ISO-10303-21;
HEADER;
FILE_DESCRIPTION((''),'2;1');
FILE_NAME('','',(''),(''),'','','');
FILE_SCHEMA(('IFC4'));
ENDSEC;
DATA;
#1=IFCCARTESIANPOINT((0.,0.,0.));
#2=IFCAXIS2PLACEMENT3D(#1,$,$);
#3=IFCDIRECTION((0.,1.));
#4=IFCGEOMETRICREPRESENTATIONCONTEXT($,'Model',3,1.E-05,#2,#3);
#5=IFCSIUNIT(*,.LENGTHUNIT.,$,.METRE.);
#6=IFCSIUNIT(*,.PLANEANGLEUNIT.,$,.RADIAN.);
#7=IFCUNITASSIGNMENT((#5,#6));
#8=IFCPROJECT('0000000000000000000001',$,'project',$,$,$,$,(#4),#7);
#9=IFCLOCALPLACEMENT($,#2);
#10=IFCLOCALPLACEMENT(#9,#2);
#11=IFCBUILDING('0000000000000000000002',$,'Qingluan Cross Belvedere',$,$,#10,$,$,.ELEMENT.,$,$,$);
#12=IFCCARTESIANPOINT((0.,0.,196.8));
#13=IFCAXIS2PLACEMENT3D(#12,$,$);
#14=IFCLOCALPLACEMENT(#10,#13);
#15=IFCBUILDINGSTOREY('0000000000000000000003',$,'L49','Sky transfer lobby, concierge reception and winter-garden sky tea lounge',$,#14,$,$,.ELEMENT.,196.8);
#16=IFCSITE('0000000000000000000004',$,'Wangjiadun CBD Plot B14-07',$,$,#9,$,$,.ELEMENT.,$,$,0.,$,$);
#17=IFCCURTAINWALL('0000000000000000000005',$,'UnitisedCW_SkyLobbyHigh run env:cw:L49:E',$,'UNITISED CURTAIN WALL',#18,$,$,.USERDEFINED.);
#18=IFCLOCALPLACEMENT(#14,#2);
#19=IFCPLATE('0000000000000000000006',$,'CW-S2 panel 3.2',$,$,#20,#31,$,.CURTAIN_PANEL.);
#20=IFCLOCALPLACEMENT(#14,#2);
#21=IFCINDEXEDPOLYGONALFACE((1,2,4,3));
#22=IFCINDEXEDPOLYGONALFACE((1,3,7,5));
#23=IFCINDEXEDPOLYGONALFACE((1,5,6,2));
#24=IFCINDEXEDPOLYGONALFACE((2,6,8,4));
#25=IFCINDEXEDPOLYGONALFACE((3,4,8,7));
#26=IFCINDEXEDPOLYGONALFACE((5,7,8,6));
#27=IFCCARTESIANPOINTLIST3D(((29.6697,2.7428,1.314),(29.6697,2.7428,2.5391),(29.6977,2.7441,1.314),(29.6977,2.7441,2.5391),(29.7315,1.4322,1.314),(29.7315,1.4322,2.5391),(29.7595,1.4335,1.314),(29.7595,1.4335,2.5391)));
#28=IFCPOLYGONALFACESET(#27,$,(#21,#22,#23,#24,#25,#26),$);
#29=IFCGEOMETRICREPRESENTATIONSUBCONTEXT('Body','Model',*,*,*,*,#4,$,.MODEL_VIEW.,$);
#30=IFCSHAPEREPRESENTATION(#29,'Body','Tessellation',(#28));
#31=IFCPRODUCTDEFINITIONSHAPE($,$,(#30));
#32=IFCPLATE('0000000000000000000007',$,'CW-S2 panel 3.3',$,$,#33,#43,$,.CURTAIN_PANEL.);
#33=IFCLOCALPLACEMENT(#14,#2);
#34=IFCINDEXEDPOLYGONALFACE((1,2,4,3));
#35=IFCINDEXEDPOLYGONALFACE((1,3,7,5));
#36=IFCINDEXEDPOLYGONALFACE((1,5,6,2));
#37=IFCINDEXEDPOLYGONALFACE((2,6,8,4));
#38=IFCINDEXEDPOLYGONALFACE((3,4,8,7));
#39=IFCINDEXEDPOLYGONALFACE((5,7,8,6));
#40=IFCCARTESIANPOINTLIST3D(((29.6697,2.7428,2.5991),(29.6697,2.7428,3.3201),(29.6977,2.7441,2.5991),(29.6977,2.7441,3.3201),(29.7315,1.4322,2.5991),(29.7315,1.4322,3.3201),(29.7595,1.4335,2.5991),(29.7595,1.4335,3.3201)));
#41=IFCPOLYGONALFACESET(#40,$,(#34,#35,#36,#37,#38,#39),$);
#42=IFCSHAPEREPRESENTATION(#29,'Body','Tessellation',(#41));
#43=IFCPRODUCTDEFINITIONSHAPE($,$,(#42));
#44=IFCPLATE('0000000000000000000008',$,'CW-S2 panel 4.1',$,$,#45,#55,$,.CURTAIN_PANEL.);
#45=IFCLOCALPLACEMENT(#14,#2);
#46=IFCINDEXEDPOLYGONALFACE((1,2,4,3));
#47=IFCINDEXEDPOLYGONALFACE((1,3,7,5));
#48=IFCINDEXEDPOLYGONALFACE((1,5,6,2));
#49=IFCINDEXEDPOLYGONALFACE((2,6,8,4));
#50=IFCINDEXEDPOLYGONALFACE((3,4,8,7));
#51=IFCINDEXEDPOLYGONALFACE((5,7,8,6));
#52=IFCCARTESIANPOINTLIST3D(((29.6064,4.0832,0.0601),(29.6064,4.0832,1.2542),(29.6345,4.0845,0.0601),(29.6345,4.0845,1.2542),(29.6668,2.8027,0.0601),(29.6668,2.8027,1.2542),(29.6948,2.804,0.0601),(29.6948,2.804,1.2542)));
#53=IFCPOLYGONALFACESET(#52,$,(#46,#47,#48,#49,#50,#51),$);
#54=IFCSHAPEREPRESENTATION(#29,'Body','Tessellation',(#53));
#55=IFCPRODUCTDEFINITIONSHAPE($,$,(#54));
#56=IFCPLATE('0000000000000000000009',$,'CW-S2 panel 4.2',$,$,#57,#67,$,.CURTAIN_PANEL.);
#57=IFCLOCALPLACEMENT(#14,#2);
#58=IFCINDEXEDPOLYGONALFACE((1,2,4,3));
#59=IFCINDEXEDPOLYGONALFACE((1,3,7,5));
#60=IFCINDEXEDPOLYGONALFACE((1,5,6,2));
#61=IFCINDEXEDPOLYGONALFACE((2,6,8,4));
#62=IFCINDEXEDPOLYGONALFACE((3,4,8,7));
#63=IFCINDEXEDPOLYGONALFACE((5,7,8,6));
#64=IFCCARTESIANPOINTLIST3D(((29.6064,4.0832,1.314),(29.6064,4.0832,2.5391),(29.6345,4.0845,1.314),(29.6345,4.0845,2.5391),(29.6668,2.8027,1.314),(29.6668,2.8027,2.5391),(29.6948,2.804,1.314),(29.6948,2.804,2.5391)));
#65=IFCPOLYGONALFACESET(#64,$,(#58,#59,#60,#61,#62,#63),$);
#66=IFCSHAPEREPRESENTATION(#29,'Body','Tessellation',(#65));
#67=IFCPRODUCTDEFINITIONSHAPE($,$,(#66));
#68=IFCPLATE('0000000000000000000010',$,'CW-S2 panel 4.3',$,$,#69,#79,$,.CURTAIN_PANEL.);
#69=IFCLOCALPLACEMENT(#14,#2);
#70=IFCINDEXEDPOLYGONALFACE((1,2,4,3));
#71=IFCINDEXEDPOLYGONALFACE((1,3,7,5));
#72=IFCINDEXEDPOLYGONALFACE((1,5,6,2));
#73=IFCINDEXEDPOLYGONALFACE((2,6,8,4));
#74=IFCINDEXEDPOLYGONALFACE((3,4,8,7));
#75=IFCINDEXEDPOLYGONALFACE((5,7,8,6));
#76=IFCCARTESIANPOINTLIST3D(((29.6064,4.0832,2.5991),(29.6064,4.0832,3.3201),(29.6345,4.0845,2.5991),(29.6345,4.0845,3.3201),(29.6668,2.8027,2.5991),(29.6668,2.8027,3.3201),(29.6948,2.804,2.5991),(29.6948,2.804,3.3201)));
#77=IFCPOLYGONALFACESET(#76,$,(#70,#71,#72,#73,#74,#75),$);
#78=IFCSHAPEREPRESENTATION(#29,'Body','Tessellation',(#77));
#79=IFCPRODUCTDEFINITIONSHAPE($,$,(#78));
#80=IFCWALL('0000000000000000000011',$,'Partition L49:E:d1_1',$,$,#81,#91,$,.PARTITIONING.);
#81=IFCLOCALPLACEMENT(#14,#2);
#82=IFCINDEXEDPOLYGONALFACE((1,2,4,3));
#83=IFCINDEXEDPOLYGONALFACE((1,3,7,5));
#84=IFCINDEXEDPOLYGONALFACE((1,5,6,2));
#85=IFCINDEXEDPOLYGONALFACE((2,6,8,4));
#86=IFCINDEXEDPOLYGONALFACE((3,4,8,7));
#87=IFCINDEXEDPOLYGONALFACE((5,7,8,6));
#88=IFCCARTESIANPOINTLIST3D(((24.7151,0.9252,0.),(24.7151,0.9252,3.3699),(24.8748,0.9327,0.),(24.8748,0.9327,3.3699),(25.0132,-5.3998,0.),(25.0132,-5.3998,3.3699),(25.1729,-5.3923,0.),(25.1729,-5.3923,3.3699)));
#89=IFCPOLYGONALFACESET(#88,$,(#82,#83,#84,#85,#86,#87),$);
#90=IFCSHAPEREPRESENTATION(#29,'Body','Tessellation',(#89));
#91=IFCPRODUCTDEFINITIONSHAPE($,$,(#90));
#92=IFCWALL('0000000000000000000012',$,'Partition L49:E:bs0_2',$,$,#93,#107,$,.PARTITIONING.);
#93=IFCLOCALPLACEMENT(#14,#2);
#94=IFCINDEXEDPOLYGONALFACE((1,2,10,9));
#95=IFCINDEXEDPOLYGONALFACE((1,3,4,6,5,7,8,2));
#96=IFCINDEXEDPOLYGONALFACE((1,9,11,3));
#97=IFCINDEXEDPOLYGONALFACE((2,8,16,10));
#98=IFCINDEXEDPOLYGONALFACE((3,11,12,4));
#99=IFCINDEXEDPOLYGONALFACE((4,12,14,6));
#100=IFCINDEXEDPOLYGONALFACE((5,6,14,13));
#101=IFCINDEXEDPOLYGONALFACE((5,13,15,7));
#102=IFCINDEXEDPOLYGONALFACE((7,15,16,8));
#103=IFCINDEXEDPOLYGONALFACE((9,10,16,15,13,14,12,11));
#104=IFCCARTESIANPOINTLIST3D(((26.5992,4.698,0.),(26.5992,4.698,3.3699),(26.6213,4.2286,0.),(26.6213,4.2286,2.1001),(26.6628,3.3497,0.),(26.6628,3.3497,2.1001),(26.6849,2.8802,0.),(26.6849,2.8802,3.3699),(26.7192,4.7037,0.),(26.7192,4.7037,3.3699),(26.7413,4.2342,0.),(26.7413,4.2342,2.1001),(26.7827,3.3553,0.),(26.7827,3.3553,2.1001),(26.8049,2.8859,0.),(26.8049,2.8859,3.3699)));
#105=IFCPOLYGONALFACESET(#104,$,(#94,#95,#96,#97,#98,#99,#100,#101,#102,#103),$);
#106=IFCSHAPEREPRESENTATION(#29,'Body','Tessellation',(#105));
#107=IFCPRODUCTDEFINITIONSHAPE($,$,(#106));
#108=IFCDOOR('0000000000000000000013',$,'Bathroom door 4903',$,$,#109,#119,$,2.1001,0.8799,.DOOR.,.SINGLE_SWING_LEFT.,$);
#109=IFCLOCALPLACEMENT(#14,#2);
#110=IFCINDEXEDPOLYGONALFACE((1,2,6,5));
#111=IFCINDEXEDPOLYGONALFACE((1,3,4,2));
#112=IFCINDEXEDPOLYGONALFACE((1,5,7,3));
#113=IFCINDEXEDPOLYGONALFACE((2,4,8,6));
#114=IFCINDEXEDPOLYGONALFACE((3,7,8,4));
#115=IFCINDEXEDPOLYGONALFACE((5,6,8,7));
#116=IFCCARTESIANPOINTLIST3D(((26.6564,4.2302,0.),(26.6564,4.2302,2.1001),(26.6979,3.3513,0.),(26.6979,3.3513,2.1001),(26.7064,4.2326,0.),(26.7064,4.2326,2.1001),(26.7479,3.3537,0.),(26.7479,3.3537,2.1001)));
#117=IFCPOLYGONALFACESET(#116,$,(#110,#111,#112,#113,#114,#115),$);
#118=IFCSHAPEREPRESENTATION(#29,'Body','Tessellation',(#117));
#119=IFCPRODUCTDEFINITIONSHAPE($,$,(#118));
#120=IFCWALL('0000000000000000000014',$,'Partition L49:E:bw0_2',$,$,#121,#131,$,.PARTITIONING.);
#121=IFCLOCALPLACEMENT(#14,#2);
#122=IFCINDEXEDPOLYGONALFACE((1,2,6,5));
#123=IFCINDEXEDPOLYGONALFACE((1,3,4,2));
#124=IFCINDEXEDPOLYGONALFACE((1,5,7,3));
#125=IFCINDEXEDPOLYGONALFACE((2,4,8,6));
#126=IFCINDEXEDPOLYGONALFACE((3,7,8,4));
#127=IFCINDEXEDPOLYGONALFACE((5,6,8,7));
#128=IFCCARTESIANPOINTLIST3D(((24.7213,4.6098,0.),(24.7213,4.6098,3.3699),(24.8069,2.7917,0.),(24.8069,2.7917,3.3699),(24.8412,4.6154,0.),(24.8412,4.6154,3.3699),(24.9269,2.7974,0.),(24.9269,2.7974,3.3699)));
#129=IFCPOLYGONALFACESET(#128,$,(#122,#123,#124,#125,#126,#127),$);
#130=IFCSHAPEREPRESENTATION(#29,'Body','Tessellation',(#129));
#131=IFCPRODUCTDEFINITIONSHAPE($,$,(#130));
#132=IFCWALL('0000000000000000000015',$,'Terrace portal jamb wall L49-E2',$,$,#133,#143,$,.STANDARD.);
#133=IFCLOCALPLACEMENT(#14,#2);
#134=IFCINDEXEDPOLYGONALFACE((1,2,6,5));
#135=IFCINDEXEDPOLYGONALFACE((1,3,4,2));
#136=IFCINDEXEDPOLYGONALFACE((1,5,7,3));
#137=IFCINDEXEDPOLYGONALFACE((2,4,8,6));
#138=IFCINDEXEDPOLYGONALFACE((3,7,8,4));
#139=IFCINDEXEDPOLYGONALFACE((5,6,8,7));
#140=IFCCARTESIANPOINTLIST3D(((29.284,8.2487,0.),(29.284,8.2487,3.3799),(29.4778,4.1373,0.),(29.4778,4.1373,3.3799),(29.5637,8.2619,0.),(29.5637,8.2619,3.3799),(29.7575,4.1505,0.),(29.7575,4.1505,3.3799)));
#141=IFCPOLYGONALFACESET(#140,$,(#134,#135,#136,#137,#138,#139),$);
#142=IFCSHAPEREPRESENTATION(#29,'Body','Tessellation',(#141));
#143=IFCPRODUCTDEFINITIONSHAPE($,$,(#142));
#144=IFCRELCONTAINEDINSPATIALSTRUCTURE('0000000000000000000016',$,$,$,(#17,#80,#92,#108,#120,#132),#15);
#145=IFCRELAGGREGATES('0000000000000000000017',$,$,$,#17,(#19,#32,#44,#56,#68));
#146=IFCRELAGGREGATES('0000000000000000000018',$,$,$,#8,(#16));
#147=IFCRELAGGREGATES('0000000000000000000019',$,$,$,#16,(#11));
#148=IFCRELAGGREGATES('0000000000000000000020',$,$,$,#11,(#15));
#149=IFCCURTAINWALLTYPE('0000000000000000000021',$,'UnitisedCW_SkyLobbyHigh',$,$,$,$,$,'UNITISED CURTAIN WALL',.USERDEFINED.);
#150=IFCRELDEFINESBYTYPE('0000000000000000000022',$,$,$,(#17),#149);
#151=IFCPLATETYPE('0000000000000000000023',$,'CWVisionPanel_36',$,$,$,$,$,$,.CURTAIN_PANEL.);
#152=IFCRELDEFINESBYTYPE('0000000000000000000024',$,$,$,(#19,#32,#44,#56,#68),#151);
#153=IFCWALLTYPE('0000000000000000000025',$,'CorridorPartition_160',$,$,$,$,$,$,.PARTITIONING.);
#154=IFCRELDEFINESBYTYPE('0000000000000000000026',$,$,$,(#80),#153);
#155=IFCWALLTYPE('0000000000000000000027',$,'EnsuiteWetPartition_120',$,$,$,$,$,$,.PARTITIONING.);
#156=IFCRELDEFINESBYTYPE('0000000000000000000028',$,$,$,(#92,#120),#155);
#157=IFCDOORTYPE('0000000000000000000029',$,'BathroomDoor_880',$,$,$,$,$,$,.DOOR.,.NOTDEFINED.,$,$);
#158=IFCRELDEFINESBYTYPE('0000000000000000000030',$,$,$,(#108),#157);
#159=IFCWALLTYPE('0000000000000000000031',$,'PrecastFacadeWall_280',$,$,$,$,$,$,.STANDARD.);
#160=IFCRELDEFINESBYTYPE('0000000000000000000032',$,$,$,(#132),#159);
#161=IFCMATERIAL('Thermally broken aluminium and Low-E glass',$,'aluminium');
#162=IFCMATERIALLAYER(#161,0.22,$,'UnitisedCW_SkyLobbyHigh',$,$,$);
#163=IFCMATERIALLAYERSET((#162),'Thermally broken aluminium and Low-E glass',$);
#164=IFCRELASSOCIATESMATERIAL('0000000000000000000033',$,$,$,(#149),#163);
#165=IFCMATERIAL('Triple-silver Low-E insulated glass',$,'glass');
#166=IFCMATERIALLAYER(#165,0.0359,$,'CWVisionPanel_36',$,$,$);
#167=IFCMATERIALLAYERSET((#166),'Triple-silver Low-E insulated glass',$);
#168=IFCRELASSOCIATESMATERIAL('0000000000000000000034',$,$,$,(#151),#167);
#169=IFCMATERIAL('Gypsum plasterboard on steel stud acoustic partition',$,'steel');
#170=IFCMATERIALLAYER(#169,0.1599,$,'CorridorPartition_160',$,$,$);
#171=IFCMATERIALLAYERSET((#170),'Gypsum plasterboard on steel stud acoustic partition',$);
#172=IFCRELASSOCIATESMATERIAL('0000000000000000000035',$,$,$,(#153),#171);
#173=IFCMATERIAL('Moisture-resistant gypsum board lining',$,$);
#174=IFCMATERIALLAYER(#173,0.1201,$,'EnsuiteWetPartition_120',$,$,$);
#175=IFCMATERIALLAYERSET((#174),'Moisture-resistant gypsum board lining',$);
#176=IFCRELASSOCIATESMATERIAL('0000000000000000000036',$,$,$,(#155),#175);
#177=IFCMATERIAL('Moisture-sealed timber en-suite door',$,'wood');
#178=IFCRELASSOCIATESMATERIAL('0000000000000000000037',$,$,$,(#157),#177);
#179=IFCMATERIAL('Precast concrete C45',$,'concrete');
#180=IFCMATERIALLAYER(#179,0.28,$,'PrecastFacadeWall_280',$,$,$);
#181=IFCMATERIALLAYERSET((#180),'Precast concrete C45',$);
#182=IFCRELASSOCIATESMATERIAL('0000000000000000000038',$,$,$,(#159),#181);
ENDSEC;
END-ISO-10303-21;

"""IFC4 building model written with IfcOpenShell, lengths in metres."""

from ifc_helpers import new_model, si_unit, direction, frame, frame_2d, origin, origin_2d, place, context, subcontext, project, spatial, rectangle, extrude, material, layer, layer_set, type_object, element, fill, aggregate, save


model = new_model("IFC4")

# Units and contexts
model_context = context("Model", 3, precision=1e-05, world=origin(), true_north=direction((0.0, 1.0)))
body_context = subcontext(model_context, "Body", "Model", "MODEL_VIEW")
ifc_project = project(units=[si_unit("LENGTHUNIT", "METRE"), si_unit("PLANEANGLEUNIT", "RADIAN")], contexts=[model_context])

# Site, building, storey
site_placement = place(None, origin())
site = spatial("IfcSite", under=ifc_project, at=site_placement, Name="Wangjiadun CBD Plot B14-07", CompositionType="ELEMENT", RefElevation=0.0)
building_placement = place(site_placement, origin())
building = spatial("IfcBuilding", under=site, at=building_placement, Name="Qingluan Cross Belvedere", CompositionType="ELEMENT")
storey_placement = place(building_placement, frame((0.0, 0.0, 196.8)))
storey = spatial("IfcBuildingStorey", under=building, at=storey_placement, Name="L49", Description="Sky transfer lobby, concierge reception and winter-garden sky tea lounge", CompositionType="ELEMENT", Elevation=196.8)

# Curtain wall, plates
ifc_material_1 = material(Name="Thermally broken aluminium and Low-E glass", Category="aluminium")
ifc_layer_1 = layer(ifc_material_1, 0.22, Name="UnitisedCW_SkyLobbyHigh")
ifc_layer_set_1 = layer_set([ifc_layer_1], Name="Thermally broken aluminium and Low-E glass")
curtain_wall_type = type_object("IfcCurtainWallType", Name="UnitisedCW_SkyLobbyHigh", ElementType="UNITISED CURTAIN WALL", PredefinedType="USERDEFINED", material=ifc_layer_set_1)
curtain_wall_placement = place(storey_placement, origin())
curtain_wall = element("IfcCurtainWall", 1, at=curtain_wall_placement, inside=storey, type_object=curtain_wall_type, Name="UnitisedCW_SkyLobbyHigh run env:cw:L49:E", ObjectType="UNITISED CURTAIN WALL", PredefinedType="USERDEFINED")
ifc_material_2 = material(Name="Triple-silver Low-E insulated glass", Category="glass")
ifc_layer_2 = layer(ifc_material_2, 0.0359, Name="CWVisionPanel_36")
ifc_layer_set_2 = layer_set([ifc_layer_2], Name="Triple-silver Low-E insulated glass")
plate_type = type_object("IfcPlateType", Name="CWVisionPanel_36", PredefinedType="CURTAIN_PANEL", material=ifc_layer_set_2)
plate_1_placement = place(storey_placement, frame((29.7146, 2.0881, 1.314), z_axis=(0.0, 0.0, 1.0), x_axis=(-0.047102, 0.99889, 0.0)))
plate_1 = element("IfcPlate", 2, at=plate_1_placement, type_object=plate_type, Name="CW-S2 panel 3.2", PredefinedType="CURTAIN_PANEL", context=body_context, shape_type="SweptSolid", body=[
    extrude(rectangle(XDim=1.312, YDim=0.0281, at=origin_2d()), origin(), (0.0, 0.0, 1.0), 1.2251),
])
plate_2_placement = place(storey_placement, frame((29.7146, 2.0881, 2.5991), z_axis=(0.0, 0.0, 1.0), x_axis=(-0.047102, 0.99889, 0.0)))
plate_2 = element("IfcPlate", 3, at=plate_2_placement, type_object=plate_type, Name="CW-S2 panel 3.3", PredefinedType="CURTAIN_PANEL", context=body_context, shape_type="SweptSolid", body=[
    extrude(rectangle(XDim=1.312, YDim=0.0281, at=origin_2d()), origin(), (0.0, 0.0, 1.0), 0.7209),
])
plate_3_placement = place(storey_placement, frame((29.6506, 3.4436, 0.0601), z_axis=(0.0, 0.0, 1.0), x_axis=(-0.047102, 0.99889, 0.0)))
plate_3 = element("IfcPlate", 4, at=plate_3_placement, type_object=plate_type, Name="CW-S2 panel 4.1", PredefinedType="CURTAIN_PANEL", context=body_context, shape_type="SweptSolid", body=[
    extrude(rectangle(XDim=1.282, YDim=0.0281, at=origin_2d()), origin(), (0.0, 0.0, 1.0), 1.1941),
])
plate_4_placement = place(storey_placement, frame((29.6506, 3.4436, 1.314), z_axis=(0.0, 0.0, 1.0), x_axis=(-0.047102, 0.99889, 0.0)))
plate_4 = element("IfcPlate", 5, at=plate_4_placement, type_object=plate_type, Name="CW-S2 panel 4.2", PredefinedType="CURTAIN_PANEL", context=body_context, shape_type="SweptSolid", body=[
    extrude(rectangle(XDim=1.282, YDim=0.0281, at=origin_2d()), origin(), (0.0, 0.0, 1.0), 1.2251),
])
plate_5_placement = place(storey_placement, frame((29.6506, 3.4436, 2.5991), z_axis=(0.0, 0.0, 1.0), x_axis=(-0.047102, 0.99889, 0.0)))
plate_5 = element("IfcPlate", 6, at=plate_5_placement, type_object=plate_type, Name="CW-S2 panel 4.3", PredefinedType="CURTAIN_PANEL", context=body_context, shape_type="SweptSolid", body=[
    extrude(rectangle(XDim=1.282, YDim=0.0281, at=origin_2d()), origin(), (0.0, 0.0, 1.0), 0.7209),
])
aggregate(curtain_wall, [plate_1, plate_2, plate_3, plate_4, plate_5])

# Wall
ifc_material_3 = material(Name="Gypsum plasterboard on steel stud acoustic partition", Category="steel")
ifc_layer_3 = layer(ifc_material_3, 0.1599, Name="CorridorPartition_160")
ifc_layer_set_3 = layer_set([ifc_layer_3], Name="Gypsum plasterboard on steel stud acoustic partition")
wall_type_1 = type_object("IfcWallType", Name="CorridorPartition_160", PredefinedType="PARTITIONING", material=ifc_layer_set_3)
wall_1_placement = place(storey_placement, frame((24.7949, 0.929, 0.0), z_axis=(0.0, 0.0, 1.0), x_axis=(0.047078, -0.998891, 0.0)))
element("IfcWall", 7, at=wall_1_placement, inside=storey, type_object=wall_type_1, Name="Partition L49:E:d1_1", PredefinedType="PARTITIONING", context=body_context, shape_type="SweptSolid", body=[
    extrude(rectangle(XDim=6.332, YDim=0.1599, at=frame_2d((3.166, 0.0))), origin(), (0.0, 0.0, 1.0), 3.3699),
])

# Wall, opening, door
ifc_material_4 = material(Name="Moisture-resistant gypsum board lining")
ifc_layer_4 = layer(ifc_material_4, 0.1201, Name="EnsuiteWetPartition_120")
ifc_layer_set_4 = layer_set([ifc_layer_4], Name="Moisture-resistant gypsum board lining")
wall_type_2 = type_object("IfcWallType", Name="EnsuiteWetPartition_120", PredefinedType="PARTITIONING", material=ifc_layer_set_4)
wall_2_placement = place(storey_placement, frame((26.7449, 2.8831, 0.0), z_axis=(0.0, 0.0, 1.0), x_axis=(-0.047087, 0.998891, 0.0)))
wall_2 = element("IfcWall", 8, at=wall_2_placement, inside=storey, type_object=wall_type_2, Name="Partition L49:E:bs0_2", PredefinedType="PARTITIONING", context=body_context, shape_type="SweptSolid", body=[
    extrude(rectangle(XDim=1.8198, YDim=0.1201, at=frame_2d((0.9099, 0.0))), origin(), (0.0, 0.0, 1.0), 3.3699),
])
opening_placement = place(wall_2_placement, frame((0.47, 0.0, 0.0)))
opening = element("IfcOpeningElement", 9, at=opening_placement, cuts=wall_2, PredefinedType="OPENING", context=body_context, shape_type="SweptSolid", body=[
    extrude(rectangle(XDim=0.8799, YDim=2.1001, at=frame_2d((0.4399, 1.05))), frame((0.0, 0.0701, 0.0), z_axis=(0.0, -1.0, 0.0), x_axis=(1.0, 0.0, 0.0)), (0.0, 0.0, 1.0), 0.1401),
])
ifc_material_5 = material(Name="Moisture-sealed timber en-suite door", Category="wood")
door_type = type_object("IfcDoorType", Name="BathroomDoor_880", OperationType="NOTDEFINED", PredefinedType="DOOR", material=ifc_material_5)
door_placement = place(opening_placement, origin())
door = element("IfcDoor", 10, at=door_placement, inside=storey, type_object=door_type, Name="Bathroom door 4903", OperationType="SINGLE_SWING_LEFT", OverallHeight=2.1001, OverallWidth=0.8799, PredefinedType="DOOR", context=body_context, shape_type="SweptSolid", body=[
    extrude(rectangle(XDim=0.8799, YDim=2.1001, at=frame_2d((0.4399, 1.05))), frame((0.0, 0.0249, 0.0), z_axis=(0.0, -1.0, 0.0), x_axis=(1.0, 0.0, 0.0)), (0.0, 0.0, 1.0), 0.05),
])
fill(opening, door)

# Walls
wall_3_placement = place(storey_placement, frame((24.8669, 2.7944, 0.0), z_axis=(0.0, 0.0, 1.0), x_axis=(-0.047081, 0.998891, 0.0)))
element("IfcWall", 11, at=wall_3_placement, inside=storey, type_object=wall_type_2, Name="Partition L49:E:bw0_2", PredefinedType="PARTITIONING", context=body_context, shape_type="SweptSolid", body=[
    extrude(rectangle(XDim=1.8201, YDim=0.1201, at=frame_2d((0.9102, 0.0))), origin(), (0.0, 0.0, 1.0), 3.3699),
])
ifc_material_6 = material(Name="Precast concrete C45", Category="concrete")
ifc_layer_5 = layer(ifc_material_6, 0.28, Name="PrecastFacadeWall_280")
ifc_layer_set_5 = layer_set([ifc_layer_5], Name="Precast concrete C45")
wall_type_3 = type_object("IfcWallType", Name="PrecastFacadeWall_280", PredefinedType="STANDARD", material=ifc_layer_set_5)
wall_4_placement = place(storey_placement, frame((29.6177, 4.1438, 0.0), z_axis=(0.0, 0.0, 1.0), x_axis=(-0.047097, 0.99889, 0.0)))
element("IfcWall", 12, at=wall_4_placement, inside=storey, type_object=wall_type_3, Name="Terrace portal jamb wall L49-E2", PredefinedType="STANDARD", context=body_context, shape_type="SweptSolid", body=[
    extrude(rectangle(XDim=4.116, YDim=0.28, at=frame_2d((2.0581, 0.0))), origin(), (0.0, 0.0, 1.0), 3.3799),
])

save(model, "model.ifc")
